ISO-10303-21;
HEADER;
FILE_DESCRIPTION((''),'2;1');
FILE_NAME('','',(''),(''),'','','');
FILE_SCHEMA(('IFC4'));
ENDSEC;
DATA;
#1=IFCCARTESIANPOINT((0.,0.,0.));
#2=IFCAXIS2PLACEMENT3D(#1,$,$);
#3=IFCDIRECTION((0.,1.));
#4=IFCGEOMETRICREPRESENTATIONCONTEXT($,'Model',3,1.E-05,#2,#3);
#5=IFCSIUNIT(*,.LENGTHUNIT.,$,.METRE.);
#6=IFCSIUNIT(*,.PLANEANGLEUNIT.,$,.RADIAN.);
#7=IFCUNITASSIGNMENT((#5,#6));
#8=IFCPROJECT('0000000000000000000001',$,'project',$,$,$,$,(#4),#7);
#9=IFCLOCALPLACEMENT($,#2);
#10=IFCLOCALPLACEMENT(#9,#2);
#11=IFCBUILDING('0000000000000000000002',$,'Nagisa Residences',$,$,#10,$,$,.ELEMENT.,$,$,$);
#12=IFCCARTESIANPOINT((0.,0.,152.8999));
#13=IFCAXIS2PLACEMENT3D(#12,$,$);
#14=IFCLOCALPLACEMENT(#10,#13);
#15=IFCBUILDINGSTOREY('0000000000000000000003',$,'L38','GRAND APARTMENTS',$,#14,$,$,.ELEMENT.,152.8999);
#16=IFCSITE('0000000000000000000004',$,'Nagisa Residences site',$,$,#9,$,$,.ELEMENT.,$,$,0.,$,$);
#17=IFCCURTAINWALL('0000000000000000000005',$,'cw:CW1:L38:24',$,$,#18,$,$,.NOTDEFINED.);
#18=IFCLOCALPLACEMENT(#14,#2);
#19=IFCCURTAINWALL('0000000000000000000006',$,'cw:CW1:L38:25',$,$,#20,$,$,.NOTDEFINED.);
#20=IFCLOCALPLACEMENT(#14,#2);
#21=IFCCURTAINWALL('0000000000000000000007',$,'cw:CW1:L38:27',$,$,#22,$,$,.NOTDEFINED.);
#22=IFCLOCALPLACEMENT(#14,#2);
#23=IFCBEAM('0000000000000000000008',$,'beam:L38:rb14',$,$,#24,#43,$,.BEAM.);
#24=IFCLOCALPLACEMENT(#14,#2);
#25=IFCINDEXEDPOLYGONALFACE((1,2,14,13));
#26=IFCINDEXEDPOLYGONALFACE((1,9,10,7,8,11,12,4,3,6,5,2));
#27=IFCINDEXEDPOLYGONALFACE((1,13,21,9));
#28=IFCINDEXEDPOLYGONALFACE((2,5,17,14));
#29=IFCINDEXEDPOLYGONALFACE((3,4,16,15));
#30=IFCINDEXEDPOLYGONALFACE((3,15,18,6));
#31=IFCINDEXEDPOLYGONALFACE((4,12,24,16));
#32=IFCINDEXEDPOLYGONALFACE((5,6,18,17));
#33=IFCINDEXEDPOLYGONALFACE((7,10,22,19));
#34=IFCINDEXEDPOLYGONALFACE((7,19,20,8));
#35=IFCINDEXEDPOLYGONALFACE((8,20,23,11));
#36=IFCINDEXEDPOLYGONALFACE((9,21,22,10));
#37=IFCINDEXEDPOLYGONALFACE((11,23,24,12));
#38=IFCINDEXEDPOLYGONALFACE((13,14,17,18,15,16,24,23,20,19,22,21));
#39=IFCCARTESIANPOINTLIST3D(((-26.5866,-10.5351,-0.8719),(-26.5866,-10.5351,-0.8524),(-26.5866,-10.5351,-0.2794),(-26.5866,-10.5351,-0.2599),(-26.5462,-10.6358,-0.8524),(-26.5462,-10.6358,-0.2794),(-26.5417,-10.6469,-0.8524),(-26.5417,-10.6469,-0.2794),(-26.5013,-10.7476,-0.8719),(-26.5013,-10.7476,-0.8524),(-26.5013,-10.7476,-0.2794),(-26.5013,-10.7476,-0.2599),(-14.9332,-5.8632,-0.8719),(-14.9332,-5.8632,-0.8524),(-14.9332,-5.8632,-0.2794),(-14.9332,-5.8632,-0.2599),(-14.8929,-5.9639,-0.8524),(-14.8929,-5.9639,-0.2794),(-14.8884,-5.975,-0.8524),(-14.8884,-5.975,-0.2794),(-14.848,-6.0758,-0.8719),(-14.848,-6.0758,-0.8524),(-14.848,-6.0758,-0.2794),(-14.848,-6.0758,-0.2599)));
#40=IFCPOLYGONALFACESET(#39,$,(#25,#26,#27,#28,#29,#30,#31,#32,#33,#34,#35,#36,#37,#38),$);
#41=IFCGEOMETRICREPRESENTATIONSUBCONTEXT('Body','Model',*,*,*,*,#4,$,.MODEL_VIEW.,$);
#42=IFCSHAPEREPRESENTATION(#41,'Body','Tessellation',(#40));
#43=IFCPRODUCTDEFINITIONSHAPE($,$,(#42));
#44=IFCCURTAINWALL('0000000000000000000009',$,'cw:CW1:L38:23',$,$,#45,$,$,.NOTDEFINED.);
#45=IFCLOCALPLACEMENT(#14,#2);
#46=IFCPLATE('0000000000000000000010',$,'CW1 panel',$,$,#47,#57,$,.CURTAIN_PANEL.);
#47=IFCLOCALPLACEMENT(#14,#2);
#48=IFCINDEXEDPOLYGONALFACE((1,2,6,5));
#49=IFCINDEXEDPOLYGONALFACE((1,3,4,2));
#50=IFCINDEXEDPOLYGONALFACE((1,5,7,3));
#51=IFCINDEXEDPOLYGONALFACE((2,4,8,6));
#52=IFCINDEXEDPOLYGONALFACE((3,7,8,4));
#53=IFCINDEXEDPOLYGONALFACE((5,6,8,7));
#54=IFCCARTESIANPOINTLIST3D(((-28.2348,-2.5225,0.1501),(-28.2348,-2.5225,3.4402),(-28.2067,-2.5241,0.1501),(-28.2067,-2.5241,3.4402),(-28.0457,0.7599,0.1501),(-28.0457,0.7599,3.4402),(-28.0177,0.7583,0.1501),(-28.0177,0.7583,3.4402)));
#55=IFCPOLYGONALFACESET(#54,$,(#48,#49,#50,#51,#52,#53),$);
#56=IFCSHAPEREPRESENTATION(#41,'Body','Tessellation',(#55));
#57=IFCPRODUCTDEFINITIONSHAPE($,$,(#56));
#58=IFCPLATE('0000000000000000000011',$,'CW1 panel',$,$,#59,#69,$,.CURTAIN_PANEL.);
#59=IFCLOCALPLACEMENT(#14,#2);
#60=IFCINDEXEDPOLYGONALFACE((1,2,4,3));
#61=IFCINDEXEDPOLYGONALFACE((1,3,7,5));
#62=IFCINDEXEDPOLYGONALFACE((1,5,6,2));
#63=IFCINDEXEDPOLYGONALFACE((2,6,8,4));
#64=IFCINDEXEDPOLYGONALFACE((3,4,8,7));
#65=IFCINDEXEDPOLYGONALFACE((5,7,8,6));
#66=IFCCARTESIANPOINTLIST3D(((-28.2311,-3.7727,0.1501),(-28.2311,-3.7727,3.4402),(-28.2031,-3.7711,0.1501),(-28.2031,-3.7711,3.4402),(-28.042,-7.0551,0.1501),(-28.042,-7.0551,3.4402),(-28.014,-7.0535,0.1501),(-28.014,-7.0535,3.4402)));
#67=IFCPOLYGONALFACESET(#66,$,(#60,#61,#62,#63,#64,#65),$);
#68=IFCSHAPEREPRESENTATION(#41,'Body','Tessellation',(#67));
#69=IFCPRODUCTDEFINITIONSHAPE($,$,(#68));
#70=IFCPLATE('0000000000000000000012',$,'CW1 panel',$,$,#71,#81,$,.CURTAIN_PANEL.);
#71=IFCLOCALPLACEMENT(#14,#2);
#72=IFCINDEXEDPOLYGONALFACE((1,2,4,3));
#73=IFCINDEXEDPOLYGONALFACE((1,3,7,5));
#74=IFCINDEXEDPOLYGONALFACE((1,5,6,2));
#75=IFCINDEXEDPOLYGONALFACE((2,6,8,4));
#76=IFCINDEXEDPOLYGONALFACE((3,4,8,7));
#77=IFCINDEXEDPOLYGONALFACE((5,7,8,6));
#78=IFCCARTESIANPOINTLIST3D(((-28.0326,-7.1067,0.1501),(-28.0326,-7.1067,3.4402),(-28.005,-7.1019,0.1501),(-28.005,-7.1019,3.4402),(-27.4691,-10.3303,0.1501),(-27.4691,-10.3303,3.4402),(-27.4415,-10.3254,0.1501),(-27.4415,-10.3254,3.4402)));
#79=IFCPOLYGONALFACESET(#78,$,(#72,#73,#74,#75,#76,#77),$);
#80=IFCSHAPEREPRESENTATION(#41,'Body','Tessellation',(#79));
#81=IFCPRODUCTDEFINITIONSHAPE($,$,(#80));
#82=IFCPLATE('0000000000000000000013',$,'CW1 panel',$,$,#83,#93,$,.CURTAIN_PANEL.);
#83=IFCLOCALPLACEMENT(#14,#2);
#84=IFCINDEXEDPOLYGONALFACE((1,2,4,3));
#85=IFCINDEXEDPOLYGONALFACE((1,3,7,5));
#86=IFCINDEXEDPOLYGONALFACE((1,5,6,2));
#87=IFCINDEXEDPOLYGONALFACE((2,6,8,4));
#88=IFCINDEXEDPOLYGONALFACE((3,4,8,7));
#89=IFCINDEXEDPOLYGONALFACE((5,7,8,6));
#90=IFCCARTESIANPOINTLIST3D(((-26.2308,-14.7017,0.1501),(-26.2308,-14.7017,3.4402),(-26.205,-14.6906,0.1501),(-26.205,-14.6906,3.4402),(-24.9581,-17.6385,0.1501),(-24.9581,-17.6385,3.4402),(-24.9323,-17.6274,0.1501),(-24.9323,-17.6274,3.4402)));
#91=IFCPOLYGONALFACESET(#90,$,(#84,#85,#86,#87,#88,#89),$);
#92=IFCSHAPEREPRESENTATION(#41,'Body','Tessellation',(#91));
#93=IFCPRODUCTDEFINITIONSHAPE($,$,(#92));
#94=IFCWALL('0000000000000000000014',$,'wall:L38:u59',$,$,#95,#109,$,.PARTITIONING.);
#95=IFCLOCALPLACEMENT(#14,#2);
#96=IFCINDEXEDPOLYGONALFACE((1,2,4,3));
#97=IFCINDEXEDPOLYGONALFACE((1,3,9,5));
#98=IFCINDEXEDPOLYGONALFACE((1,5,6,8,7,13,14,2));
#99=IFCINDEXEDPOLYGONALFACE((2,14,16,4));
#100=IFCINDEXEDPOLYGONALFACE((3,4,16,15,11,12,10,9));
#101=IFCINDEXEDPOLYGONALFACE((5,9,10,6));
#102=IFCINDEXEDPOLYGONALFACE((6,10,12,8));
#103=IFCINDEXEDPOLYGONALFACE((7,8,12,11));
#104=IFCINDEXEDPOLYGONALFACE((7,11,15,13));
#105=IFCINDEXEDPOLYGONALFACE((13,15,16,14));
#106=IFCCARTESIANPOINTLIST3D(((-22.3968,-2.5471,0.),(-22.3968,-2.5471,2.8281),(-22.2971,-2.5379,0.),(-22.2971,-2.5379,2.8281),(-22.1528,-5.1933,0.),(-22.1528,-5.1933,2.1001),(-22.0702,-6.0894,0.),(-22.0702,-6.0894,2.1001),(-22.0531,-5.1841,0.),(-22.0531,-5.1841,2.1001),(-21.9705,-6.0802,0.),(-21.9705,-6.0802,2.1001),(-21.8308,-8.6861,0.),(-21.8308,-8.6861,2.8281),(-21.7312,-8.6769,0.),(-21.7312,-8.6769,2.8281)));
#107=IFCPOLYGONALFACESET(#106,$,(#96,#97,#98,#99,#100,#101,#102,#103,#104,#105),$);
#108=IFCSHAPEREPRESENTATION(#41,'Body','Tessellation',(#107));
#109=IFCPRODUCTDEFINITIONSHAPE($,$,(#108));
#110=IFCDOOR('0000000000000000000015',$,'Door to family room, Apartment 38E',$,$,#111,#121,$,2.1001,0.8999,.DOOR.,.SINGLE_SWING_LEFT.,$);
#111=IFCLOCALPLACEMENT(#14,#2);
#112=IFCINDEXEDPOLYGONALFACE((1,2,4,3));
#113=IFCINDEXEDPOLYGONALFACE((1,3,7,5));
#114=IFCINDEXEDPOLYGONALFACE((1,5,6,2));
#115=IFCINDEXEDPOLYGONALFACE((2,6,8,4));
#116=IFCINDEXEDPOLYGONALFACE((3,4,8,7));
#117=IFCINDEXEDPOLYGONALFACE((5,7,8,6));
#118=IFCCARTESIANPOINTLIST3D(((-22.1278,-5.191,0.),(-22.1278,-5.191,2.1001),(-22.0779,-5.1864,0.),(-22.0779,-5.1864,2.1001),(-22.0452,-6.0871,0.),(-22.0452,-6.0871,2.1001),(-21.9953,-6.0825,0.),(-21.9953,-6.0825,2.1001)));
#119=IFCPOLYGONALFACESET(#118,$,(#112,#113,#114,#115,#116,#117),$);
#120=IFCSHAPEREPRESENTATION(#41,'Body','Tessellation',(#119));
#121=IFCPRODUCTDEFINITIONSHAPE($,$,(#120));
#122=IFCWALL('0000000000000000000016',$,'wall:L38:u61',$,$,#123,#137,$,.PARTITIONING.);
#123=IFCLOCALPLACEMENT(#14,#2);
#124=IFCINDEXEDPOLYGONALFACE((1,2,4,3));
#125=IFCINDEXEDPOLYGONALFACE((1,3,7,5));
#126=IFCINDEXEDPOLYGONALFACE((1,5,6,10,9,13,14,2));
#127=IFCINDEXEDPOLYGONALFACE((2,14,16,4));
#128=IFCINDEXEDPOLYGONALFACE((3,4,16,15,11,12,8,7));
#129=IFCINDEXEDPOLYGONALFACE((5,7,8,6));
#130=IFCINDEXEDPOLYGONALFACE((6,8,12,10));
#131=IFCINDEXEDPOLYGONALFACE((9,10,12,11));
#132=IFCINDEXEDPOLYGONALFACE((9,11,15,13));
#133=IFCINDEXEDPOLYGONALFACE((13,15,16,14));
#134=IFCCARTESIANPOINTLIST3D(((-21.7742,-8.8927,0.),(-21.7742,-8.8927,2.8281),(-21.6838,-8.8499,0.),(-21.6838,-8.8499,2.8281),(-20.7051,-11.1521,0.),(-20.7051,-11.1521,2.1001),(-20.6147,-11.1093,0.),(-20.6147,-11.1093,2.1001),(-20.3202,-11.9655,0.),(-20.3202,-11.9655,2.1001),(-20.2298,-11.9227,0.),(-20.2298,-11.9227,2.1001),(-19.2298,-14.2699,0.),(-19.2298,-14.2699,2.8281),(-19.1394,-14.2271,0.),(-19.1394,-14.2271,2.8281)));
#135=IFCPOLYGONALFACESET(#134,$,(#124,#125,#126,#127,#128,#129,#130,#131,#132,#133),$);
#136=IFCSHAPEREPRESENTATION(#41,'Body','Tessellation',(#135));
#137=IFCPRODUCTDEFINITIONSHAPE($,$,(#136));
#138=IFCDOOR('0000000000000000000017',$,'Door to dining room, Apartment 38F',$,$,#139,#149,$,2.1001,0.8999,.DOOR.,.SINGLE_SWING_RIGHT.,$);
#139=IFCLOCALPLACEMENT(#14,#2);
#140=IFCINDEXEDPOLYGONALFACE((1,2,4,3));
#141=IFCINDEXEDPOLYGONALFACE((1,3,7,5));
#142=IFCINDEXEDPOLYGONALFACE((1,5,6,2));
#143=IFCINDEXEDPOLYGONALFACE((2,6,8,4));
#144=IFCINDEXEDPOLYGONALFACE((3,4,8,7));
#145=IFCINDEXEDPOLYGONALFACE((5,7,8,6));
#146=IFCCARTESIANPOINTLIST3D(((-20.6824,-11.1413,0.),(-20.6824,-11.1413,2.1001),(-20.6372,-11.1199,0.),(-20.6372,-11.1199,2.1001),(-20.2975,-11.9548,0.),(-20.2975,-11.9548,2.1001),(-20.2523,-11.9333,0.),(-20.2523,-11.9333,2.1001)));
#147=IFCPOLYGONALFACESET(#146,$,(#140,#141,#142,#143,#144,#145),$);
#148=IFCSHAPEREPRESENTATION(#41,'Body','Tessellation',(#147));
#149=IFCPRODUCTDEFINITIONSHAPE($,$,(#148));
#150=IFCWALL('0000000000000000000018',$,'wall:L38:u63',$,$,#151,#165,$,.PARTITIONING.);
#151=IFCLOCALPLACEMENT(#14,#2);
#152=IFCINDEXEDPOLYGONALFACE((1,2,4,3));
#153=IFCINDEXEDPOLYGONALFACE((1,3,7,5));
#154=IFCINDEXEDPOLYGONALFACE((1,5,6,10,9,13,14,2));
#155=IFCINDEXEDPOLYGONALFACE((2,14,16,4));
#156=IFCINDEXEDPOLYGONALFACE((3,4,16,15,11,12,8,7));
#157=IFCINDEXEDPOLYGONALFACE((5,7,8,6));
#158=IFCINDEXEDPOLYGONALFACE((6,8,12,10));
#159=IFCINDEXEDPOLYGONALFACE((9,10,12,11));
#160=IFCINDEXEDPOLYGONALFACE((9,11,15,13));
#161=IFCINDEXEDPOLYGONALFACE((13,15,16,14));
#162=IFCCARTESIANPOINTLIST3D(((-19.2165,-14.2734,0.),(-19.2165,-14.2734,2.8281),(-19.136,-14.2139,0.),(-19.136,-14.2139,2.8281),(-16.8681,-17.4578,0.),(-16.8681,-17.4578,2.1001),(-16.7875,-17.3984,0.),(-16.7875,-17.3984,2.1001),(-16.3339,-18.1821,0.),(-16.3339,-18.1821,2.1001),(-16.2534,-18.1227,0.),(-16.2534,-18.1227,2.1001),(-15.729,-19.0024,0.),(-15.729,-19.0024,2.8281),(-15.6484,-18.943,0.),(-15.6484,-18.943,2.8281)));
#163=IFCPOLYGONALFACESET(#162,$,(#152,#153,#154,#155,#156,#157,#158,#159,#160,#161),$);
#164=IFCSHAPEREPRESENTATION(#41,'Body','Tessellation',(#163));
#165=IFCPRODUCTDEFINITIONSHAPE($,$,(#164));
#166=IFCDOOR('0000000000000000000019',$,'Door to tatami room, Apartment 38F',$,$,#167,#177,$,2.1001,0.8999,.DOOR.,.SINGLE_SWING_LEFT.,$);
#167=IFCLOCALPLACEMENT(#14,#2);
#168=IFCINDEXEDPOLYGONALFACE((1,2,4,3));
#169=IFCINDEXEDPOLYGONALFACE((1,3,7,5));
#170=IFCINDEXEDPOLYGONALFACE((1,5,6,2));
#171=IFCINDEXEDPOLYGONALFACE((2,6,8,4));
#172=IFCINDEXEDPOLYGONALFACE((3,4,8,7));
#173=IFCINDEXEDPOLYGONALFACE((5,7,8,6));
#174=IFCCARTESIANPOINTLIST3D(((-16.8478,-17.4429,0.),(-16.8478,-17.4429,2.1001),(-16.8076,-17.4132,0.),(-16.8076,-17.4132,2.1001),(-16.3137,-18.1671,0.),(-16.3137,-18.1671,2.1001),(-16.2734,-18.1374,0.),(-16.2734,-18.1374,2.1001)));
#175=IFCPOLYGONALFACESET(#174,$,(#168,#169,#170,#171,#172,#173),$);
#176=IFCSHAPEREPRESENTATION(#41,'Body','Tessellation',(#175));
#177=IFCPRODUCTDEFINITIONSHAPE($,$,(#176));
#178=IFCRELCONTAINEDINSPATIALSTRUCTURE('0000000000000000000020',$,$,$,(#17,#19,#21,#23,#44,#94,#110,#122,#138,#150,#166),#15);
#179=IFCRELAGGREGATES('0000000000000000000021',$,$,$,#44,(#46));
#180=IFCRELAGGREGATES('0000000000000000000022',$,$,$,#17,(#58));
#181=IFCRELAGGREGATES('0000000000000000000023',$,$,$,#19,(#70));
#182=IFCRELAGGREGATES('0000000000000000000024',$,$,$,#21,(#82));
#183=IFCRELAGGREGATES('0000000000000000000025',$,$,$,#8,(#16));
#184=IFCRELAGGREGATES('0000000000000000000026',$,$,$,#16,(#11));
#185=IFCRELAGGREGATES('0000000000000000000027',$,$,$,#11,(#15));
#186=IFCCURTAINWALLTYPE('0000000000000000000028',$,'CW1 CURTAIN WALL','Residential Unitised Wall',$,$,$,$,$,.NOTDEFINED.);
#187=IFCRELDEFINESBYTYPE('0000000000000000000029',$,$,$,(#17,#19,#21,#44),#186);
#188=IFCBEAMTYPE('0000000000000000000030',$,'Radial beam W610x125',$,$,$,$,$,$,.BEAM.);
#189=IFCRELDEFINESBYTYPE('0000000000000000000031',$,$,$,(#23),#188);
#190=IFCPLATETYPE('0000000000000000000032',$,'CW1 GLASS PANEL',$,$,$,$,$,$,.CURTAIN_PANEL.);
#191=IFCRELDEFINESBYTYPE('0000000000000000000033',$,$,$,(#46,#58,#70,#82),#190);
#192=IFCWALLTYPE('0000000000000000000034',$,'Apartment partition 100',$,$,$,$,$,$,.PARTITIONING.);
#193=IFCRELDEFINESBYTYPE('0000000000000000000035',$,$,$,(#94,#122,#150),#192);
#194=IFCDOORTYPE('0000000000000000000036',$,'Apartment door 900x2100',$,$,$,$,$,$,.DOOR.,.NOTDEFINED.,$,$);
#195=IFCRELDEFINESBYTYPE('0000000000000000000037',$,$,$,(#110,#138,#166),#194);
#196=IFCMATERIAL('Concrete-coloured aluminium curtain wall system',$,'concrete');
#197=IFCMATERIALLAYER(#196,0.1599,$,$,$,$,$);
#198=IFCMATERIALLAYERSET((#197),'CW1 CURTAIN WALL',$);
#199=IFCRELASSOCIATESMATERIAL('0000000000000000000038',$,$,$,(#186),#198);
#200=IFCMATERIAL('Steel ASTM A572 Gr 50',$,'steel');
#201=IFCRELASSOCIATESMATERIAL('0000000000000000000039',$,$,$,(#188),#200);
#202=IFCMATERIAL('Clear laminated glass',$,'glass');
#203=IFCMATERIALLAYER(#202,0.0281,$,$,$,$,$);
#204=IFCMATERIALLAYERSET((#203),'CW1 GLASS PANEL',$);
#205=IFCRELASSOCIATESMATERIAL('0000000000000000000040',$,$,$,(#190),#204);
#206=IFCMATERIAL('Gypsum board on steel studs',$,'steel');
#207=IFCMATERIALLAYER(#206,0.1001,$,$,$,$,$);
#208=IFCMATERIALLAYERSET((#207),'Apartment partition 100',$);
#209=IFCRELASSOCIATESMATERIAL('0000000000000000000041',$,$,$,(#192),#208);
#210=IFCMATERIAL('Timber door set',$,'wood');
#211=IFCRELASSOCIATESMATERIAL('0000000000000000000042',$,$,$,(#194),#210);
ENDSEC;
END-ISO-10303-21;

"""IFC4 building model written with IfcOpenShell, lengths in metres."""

from ifc_helpers import new_model, si_unit, direction, frame, frame_2d, origin, origin_2d, place, context, subcontext, project, spatial, rectangle, i_section, extrude, material, layer, layer_set, material_profile, profile_set, type_object, element, fill, aggregate, save


model = new_model("IFC4")

# Units and contexts
model_context = context("Model", 3, precision=1e-05, world=origin(), true_north=direction((0.0, 1.0)))
body_context = subcontext(model_context, "Body", "Model", "MODEL_VIEW")
ifc_project = project(units=[si_unit("LENGTHUNIT", "METRE"), si_unit("PLANEANGLEUNIT", "RADIAN")], contexts=[model_context])

# Site, building, storey
site_placement = place(None, origin())
site = spatial("IfcSite", under=ifc_project, at=site_placement, Name="Nagisa Residences site", CompositionType="ELEMENT", RefElevation=0.0)
building_placement = place(site_placement, origin())
building = spatial("IfcBuilding", under=site, at=building_placement, Name="Nagisa Residences", CompositionType="ELEMENT")
storey_placement = place(building_placement, frame((0.0, 0.0, 152.8999)))
storey = spatial("IfcBuildingStorey", under=building, at=storey_placement, Name="L38", Description="GRAND APARTMENTS", CompositionType="ELEMENT", Elevation=152.8999)

# Curtain walls
ifc_material_1 = material(Name="Concrete-coloured aluminium curtain wall system", Category="concrete")
ifc_layer_1 = layer(ifc_material_1, 0.1599)
ifc_layer_set_1 = layer_set([ifc_layer_1], Name="CW1 CURTAIN WALL")
curtain_wall_type = type_object("IfcCurtainWallType", Name="CW1 CURTAIN WALL", Description="Residential Unitised Wall", PredefinedType="NOTDEFINED", material=ifc_layer_set_1)
curtain_wall_1_placement = place(storey_placement, origin())
curtain_wall_1 = element("IfcCurtainWall", 1, at=curtain_wall_1_placement, inside=storey, type_object=curtain_wall_type, Name="cw:CW1:L38:24", PredefinedType="NOTDEFINED")
curtain_wall_2_placement = place(storey_placement, origin())
curtain_wall_2 = element("IfcCurtainWall", 2, at=curtain_wall_2_placement, inside=storey, type_object=curtain_wall_type, Name="cw:CW1:L38:25", PredefinedType="NOTDEFINED")
curtain_wall_3_placement = place(storey_placement, origin())
curtain_wall_3 = element("IfcCurtainWall", 3, at=curtain_wall_3_placement, inside=storey, type_object=curtain_wall_type, Name="cw:CW1:L38:27", PredefinedType="NOTDEFINED")

# Beam
ifc_material_2 = material(Name="Steel ASTM A572 Gr 50", Category="steel")
ifc_material_profile_1 = material_profile(ifc_material_2, i_section(OverallWidth=0.229, OverallDepth=0.6121, WebThickness=0.012, FlangeThickness=0.0195, at=origin_2d()), Name="W610x125")
ifc_profile_set_1 = profile_set([ifc_material_profile_1], Name="Steel ASTM A572 Gr 50")
beam_type_1 = type_object("IfcBeamType", Name="Radial beam W610x125", PredefinedType="BEAM", material=ifc_profile_set_1)
beam_1_placement = place(storey_placement, frame((-26.5439, -10.6414, -0.5659), z_axis=(0.928187, 0.372115, 0.0), x_axis=(-0.372115, 0.928187, 0.0)))
element("IfcBeam", 4, at=beam_1_placement, inside=storey, type_object=beam_type_1, Name="beam:L38:rb14", PredefinedType="BEAM", context=body_context, shape_type="SweptSolid", body=[
    extrude(i_section(OverallWidth=0.229, OverallDepth=0.6121, WebThickness=0.012, FlangeThickness=0.0195, at=origin_2d()), origin(), (0.0, 0.0, 1.0), 12.5549),
])

# Curtain wall, plate
curtain_wall_4_placement = place(storey_placement, origin())
curtain_wall_4 = element("IfcCurtainWall", 5, at=curtain_wall_4_placement, inside=storey, type_object=curtain_wall_type, Name="cw:CW1:L38:23", PredefinedType="NOTDEFINED")
ifc_material_3 = material(Name="Clear laminated glass", Category="glass")
ifc_layer_2 = layer(ifc_material_3, 0.0281)
ifc_layer_set_2 = layer_set([ifc_layer_2], Name="CW1 GLASS PANEL")
plate_type = type_object("IfcPlateType", Name="CW1 GLASS PANEL", PredefinedType="CURTAIN_PANEL", material=ifc_layer_set_2)
plate_1_placement = place(storey_placement, frame((-28.1262, -0.8821, 0.1501), z_axis=(0.0, 0.0, 1.0), x_axis=(-0.057503, -0.998345, 0.0)))
plate_1 = element("IfcPlate", 6, at=plate_1_placement, type_object=plate_type, Name="CW1 panel", PredefinedType="CURTAIN_PANEL", context=body_context, shape_type="SweptSolid", body=[
    extrude(rectangle(XDim=3.2878, YDim=0.0281, at=origin_2d()), origin(), (0.0, 0.0, 1.0), 3.29),
])
aggregate(curtain_wall_4, [plate_1])

# Plates
plate_2_placement = place(storey_placement, frame((-28.1226, -5.4131, 0.1501), z_axis=(0.0, 0.0, 1.0), x_axis=(0.057503, -0.998345, 0.0)))
plate_2 = element("IfcPlate", 7, at=plate_2_placement, type_object=plate_type, Name="CW1 panel", PredefinedType="CURTAIN_PANEL", context=body_context, shape_type="SweptSolid", body=[
    extrude(rectangle(XDim=3.2878, YDim=0.0281, at=origin_2d()), origin(), (0.0, 0.0, 1.0), 3.29),
])
aggregate(curtain_wall_1, [plate_2])
plate_3_placement = place(storey_placement, frame((-27.7371, -8.7161, 0.1501), z_axis=(0.0, 0.0, 1.0), x_axis=(0.172191, -0.985064, 0.0)))
plate_3 = element("IfcPlate", 8, at=plate_3_placement, type_object=plate_type, Name="CW1 panel", PredefinedType="CURTAIN_PANEL", context=body_context, shape_type="SweptSolid", body=[
    extrude(rectangle(XDim=3.2725, YDim=0.0281, at=origin_2d()), origin(), (0.0, 0.0, 1.0), 3.29),
])
aggregate(curtain_wall_2, [plate_3])
plate_4_placement = place(storey_placement, frame((-25.5815, -16.1646, 0.1501), z_axis=(0.0, 0.0, 1.0), x_axis=(0.397636, -0.917543, 0.0)))
plate_4 = element("IfcPlate", 9, at=plate_4_placement, type_object=plate_type, Name="CW1 panel", PredefinedType="CURTAIN_PANEL", context=body_context, shape_type="SweptSolid", body=[
    extrude(rectangle(XDim=3.2007, YDim=0.0281, at=origin_2d()), origin(), (0.0, 0.0, 1.0), 3.29),
])
aggregate(curtain_wall_3, [plate_4])

# Walls, openings, doors
ifc_material_4 = material(Name="Gypsum board on steel studs", Category="steel")
ifc_layer_3 = layer(ifc_material_4, 0.1001)
ifc_layer_set_3 = layer_set([ifc_layer_3], Name="Apartment partition 100")
wall_type_1 = type_object("IfcWallType", Name="Apartment partition 100", PredefinedType="PARTITIONING", material=ifc_layer_set_3)
wall_1_placement = place(storey_placement, frame((-22.3469, -2.5425, 0.0), z_axis=(0.0, 0.0, 1.0), x_axis=(0.091796, -0.995778, 0.0)))
wall_1 = element("IfcWall", 10, at=wall_1_placement, inside=storey, type_object=wall_type_1, Name="wall:L38:u59", PredefinedType="PARTITIONING", context=body_context, shape_type="SweptSolid", body=[
    extrude(rectangle(XDim=6.165, YDim=0.1001, at=frame_2d((3.0825, 0.0))), origin(), (0.0, 0.0, 1.0), 2.8281),
])
opening_1_placement = place(wall_1_placement, frame((2.6575, 0.0, 0.0)))
opening_1 = element("IfcOpeningElement", 11, at=opening_1_placement, cuts=wall_1, PredefinedType="OPENING", context=body_context, shape_type="SweptSolid", body=[
    extrude(rectangle(XDim=0.8999, YDim=2.1001, at=frame_2d((0.45, 1.05))), frame((0.0, 0.0601, 0.0), z_axis=(0.0, -1.0, 0.0), x_axis=(1.0, 0.0, 0.0)), (0.0, 0.0, 1.0), 0.1201),
])
ifc_material_5 = material(Name="Timber door set", Category="wood")
door_type_1 = type_object("IfcDoorType", Name="Apartment door 900x2100", OperationType="NOTDEFINED", PredefinedType="DOOR", material=ifc_material_5)
door_1_placement = place(opening_1_placement, frame((0.8999, 0.0, 0.0), x_axis=(-1.0, 0.0, 0.0)))
door_1 = element("IfcDoor", 12, at=door_1_placement, inside=storey, type_object=door_type_1, Name="Door to family room, Apartment 38E", OperationType="SINGLE_SWING_LEFT", OverallHeight=2.1001, OverallWidth=0.8999, PredefinedType="DOOR", context=body_context, shape_type="SweptSolid", body=[
    extrude(rectangle(XDim=0.8999, YDim=2.1001, at=frame_2d((0.45, 1.05))), frame((0.0, 0.0249, 0.0), z_axis=(0.0, -1.0, 0.0), x_axis=(1.0, 0.0, 0.0)), (0.0, 0.0, 1.0), 0.05),
])
fill(opening_1, door_1)
wall_2_placement = place(storey_placement, frame((-21.729, -8.8713, 0.0), z_axis=(0.0, 0.0, 1.0), x_axis=(0.427721, -0.903911, 0.0)))
wall_2 = element("IfcWall", 13, at=wall_2_placement, inside=storey, type_object=wall_type_1, Name="wall:L38:u61", PredefinedType="PARTITIONING", context=body_context, shape_type="SweptSolid", body=[
    extrude(rectangle(XDim=5.9487, YDim=0.1001, at=frame_2d((2.9744, 0.0))), origin(), (0.0, 0.0, 1.0), 2.8281),
])
opening_2_placement = place(wall_2_placement, frame((2.4995, 0.0, 0.0)))
opening_2 = element("IfcOpeningElement", 14, at=opening_2_placement, cuts=wall_2, PredefinedType="OPENING", context=body_context, shape_type="SweptSolid", body=[
    extrude(rectangle(XDim=0.8999, YDim=2.1001, at=frame_2d((0.45, 1.05))), frame((0.0, 0.0601, 0.0), z_axis=(0.0, -1.0, 0.0), x_axis=(1.0, 0.0, 0.0)), (0.0, 0.0, 1.0), 0.1201),
])
door_2_placement = place(opening_2_placement, frame((0.8999, 0.0, 0.0), x_axis=(-1.0, 0.0, 0.0)))
door_2 = element("IfcDoor", 15, at=door_2_placement, inside=storey, type_object=door_type_1, Name="Door to dining room, Apartment 38F", OperationType="SINGLE_SWING_RIGHT", OverallHeight=2.1001, OverallWidth=0.8999, PredefinedType="DOOR", context=body_context, shape_type="SweptSolid", body=[
    extrude(rectangle(XDim=0.8999, YDim=2.1001, at=frame_2d((0.45, 1.05))), frame((0.0, 0.0249, 0.0), z_axis=(0.0, -1.0, 0.0), x_axis=(1.0, 0.0, 0.0)), (0.0, 0.0, 1.0), 0.05),
])
fill(opening_2, door_2)
wall_3_placement = place(storey_placement, frame((-19.1763, -14.2437, 0.0), z_axis=(0.0, 0.0, 1.0), x_axis=(0.593532, -0.80481, 0.0)))
wall_3 = element("IfcWall", 16, at=wall_3_placement, inside=storey, type_object=wall_type_1, Name="wall:L38:u63", PredefinedType="PARTITIONING", context=body_context, shape_type="SweptSolid", body=[
    extrude(rectangle(XDim=5.876, YDim=0.1001, at=frame_2d((2.938, 0.0))), origin(), (0.0, 0.0, 1.0), 2.8281),
])
opening_3_placement = place(wall_3_placement, frame((3.9568, 0.0, 0.0)))
opening_3 = element("IfcOpeningElement", 17, at=opening_3_placement, cuts=wall_3, PredefinedType="OPENING", context=body_context, shape_type="SweptSolid", body=[
    extrude(rectangle(XDim=0.8999, YDim=2.1001, at=frame_2d((0.45, 1.05))), frame((0.0, 0.0601, 0.0), z_axis=(0.0, -1.0, 0.0), x_axis=(1.0, 0.0, 0.0)), (0.0, 0.0, 1.0), 0.1201),
])
door_3_placement = place(opening_3_placement, frame((0.8999, 0.0, 0.0), x_axis=(-1.0, 0.0, 0.0)))
door_3 = element("IfcDoor", 18, at=door_3_placement, inside=storey, type_object=door_type_1, Name="Door to tatami room, Apartment 38F", OperationType="SINGLE_SWING_LEFT", OverallHeight=2.1001, OverallWidth=0.8999, PredefinedType="DOOR", context=body_context, shape_type="SweptSolid", body=[
    extrude(rectangle(XDim=0.8999, YDim=2.1001, at=frame_2d((0.45, 1.05))), frame((0.0, 0.0249, 0.0), z_axis=(0.0, -1.0, 0.0), x_axis=(1.0, 0.0, 0.0)), (0.0, 0.0, 1.0), 0.05),
])
fill(opening_3, door_3)

save(model, "model.ifc")
